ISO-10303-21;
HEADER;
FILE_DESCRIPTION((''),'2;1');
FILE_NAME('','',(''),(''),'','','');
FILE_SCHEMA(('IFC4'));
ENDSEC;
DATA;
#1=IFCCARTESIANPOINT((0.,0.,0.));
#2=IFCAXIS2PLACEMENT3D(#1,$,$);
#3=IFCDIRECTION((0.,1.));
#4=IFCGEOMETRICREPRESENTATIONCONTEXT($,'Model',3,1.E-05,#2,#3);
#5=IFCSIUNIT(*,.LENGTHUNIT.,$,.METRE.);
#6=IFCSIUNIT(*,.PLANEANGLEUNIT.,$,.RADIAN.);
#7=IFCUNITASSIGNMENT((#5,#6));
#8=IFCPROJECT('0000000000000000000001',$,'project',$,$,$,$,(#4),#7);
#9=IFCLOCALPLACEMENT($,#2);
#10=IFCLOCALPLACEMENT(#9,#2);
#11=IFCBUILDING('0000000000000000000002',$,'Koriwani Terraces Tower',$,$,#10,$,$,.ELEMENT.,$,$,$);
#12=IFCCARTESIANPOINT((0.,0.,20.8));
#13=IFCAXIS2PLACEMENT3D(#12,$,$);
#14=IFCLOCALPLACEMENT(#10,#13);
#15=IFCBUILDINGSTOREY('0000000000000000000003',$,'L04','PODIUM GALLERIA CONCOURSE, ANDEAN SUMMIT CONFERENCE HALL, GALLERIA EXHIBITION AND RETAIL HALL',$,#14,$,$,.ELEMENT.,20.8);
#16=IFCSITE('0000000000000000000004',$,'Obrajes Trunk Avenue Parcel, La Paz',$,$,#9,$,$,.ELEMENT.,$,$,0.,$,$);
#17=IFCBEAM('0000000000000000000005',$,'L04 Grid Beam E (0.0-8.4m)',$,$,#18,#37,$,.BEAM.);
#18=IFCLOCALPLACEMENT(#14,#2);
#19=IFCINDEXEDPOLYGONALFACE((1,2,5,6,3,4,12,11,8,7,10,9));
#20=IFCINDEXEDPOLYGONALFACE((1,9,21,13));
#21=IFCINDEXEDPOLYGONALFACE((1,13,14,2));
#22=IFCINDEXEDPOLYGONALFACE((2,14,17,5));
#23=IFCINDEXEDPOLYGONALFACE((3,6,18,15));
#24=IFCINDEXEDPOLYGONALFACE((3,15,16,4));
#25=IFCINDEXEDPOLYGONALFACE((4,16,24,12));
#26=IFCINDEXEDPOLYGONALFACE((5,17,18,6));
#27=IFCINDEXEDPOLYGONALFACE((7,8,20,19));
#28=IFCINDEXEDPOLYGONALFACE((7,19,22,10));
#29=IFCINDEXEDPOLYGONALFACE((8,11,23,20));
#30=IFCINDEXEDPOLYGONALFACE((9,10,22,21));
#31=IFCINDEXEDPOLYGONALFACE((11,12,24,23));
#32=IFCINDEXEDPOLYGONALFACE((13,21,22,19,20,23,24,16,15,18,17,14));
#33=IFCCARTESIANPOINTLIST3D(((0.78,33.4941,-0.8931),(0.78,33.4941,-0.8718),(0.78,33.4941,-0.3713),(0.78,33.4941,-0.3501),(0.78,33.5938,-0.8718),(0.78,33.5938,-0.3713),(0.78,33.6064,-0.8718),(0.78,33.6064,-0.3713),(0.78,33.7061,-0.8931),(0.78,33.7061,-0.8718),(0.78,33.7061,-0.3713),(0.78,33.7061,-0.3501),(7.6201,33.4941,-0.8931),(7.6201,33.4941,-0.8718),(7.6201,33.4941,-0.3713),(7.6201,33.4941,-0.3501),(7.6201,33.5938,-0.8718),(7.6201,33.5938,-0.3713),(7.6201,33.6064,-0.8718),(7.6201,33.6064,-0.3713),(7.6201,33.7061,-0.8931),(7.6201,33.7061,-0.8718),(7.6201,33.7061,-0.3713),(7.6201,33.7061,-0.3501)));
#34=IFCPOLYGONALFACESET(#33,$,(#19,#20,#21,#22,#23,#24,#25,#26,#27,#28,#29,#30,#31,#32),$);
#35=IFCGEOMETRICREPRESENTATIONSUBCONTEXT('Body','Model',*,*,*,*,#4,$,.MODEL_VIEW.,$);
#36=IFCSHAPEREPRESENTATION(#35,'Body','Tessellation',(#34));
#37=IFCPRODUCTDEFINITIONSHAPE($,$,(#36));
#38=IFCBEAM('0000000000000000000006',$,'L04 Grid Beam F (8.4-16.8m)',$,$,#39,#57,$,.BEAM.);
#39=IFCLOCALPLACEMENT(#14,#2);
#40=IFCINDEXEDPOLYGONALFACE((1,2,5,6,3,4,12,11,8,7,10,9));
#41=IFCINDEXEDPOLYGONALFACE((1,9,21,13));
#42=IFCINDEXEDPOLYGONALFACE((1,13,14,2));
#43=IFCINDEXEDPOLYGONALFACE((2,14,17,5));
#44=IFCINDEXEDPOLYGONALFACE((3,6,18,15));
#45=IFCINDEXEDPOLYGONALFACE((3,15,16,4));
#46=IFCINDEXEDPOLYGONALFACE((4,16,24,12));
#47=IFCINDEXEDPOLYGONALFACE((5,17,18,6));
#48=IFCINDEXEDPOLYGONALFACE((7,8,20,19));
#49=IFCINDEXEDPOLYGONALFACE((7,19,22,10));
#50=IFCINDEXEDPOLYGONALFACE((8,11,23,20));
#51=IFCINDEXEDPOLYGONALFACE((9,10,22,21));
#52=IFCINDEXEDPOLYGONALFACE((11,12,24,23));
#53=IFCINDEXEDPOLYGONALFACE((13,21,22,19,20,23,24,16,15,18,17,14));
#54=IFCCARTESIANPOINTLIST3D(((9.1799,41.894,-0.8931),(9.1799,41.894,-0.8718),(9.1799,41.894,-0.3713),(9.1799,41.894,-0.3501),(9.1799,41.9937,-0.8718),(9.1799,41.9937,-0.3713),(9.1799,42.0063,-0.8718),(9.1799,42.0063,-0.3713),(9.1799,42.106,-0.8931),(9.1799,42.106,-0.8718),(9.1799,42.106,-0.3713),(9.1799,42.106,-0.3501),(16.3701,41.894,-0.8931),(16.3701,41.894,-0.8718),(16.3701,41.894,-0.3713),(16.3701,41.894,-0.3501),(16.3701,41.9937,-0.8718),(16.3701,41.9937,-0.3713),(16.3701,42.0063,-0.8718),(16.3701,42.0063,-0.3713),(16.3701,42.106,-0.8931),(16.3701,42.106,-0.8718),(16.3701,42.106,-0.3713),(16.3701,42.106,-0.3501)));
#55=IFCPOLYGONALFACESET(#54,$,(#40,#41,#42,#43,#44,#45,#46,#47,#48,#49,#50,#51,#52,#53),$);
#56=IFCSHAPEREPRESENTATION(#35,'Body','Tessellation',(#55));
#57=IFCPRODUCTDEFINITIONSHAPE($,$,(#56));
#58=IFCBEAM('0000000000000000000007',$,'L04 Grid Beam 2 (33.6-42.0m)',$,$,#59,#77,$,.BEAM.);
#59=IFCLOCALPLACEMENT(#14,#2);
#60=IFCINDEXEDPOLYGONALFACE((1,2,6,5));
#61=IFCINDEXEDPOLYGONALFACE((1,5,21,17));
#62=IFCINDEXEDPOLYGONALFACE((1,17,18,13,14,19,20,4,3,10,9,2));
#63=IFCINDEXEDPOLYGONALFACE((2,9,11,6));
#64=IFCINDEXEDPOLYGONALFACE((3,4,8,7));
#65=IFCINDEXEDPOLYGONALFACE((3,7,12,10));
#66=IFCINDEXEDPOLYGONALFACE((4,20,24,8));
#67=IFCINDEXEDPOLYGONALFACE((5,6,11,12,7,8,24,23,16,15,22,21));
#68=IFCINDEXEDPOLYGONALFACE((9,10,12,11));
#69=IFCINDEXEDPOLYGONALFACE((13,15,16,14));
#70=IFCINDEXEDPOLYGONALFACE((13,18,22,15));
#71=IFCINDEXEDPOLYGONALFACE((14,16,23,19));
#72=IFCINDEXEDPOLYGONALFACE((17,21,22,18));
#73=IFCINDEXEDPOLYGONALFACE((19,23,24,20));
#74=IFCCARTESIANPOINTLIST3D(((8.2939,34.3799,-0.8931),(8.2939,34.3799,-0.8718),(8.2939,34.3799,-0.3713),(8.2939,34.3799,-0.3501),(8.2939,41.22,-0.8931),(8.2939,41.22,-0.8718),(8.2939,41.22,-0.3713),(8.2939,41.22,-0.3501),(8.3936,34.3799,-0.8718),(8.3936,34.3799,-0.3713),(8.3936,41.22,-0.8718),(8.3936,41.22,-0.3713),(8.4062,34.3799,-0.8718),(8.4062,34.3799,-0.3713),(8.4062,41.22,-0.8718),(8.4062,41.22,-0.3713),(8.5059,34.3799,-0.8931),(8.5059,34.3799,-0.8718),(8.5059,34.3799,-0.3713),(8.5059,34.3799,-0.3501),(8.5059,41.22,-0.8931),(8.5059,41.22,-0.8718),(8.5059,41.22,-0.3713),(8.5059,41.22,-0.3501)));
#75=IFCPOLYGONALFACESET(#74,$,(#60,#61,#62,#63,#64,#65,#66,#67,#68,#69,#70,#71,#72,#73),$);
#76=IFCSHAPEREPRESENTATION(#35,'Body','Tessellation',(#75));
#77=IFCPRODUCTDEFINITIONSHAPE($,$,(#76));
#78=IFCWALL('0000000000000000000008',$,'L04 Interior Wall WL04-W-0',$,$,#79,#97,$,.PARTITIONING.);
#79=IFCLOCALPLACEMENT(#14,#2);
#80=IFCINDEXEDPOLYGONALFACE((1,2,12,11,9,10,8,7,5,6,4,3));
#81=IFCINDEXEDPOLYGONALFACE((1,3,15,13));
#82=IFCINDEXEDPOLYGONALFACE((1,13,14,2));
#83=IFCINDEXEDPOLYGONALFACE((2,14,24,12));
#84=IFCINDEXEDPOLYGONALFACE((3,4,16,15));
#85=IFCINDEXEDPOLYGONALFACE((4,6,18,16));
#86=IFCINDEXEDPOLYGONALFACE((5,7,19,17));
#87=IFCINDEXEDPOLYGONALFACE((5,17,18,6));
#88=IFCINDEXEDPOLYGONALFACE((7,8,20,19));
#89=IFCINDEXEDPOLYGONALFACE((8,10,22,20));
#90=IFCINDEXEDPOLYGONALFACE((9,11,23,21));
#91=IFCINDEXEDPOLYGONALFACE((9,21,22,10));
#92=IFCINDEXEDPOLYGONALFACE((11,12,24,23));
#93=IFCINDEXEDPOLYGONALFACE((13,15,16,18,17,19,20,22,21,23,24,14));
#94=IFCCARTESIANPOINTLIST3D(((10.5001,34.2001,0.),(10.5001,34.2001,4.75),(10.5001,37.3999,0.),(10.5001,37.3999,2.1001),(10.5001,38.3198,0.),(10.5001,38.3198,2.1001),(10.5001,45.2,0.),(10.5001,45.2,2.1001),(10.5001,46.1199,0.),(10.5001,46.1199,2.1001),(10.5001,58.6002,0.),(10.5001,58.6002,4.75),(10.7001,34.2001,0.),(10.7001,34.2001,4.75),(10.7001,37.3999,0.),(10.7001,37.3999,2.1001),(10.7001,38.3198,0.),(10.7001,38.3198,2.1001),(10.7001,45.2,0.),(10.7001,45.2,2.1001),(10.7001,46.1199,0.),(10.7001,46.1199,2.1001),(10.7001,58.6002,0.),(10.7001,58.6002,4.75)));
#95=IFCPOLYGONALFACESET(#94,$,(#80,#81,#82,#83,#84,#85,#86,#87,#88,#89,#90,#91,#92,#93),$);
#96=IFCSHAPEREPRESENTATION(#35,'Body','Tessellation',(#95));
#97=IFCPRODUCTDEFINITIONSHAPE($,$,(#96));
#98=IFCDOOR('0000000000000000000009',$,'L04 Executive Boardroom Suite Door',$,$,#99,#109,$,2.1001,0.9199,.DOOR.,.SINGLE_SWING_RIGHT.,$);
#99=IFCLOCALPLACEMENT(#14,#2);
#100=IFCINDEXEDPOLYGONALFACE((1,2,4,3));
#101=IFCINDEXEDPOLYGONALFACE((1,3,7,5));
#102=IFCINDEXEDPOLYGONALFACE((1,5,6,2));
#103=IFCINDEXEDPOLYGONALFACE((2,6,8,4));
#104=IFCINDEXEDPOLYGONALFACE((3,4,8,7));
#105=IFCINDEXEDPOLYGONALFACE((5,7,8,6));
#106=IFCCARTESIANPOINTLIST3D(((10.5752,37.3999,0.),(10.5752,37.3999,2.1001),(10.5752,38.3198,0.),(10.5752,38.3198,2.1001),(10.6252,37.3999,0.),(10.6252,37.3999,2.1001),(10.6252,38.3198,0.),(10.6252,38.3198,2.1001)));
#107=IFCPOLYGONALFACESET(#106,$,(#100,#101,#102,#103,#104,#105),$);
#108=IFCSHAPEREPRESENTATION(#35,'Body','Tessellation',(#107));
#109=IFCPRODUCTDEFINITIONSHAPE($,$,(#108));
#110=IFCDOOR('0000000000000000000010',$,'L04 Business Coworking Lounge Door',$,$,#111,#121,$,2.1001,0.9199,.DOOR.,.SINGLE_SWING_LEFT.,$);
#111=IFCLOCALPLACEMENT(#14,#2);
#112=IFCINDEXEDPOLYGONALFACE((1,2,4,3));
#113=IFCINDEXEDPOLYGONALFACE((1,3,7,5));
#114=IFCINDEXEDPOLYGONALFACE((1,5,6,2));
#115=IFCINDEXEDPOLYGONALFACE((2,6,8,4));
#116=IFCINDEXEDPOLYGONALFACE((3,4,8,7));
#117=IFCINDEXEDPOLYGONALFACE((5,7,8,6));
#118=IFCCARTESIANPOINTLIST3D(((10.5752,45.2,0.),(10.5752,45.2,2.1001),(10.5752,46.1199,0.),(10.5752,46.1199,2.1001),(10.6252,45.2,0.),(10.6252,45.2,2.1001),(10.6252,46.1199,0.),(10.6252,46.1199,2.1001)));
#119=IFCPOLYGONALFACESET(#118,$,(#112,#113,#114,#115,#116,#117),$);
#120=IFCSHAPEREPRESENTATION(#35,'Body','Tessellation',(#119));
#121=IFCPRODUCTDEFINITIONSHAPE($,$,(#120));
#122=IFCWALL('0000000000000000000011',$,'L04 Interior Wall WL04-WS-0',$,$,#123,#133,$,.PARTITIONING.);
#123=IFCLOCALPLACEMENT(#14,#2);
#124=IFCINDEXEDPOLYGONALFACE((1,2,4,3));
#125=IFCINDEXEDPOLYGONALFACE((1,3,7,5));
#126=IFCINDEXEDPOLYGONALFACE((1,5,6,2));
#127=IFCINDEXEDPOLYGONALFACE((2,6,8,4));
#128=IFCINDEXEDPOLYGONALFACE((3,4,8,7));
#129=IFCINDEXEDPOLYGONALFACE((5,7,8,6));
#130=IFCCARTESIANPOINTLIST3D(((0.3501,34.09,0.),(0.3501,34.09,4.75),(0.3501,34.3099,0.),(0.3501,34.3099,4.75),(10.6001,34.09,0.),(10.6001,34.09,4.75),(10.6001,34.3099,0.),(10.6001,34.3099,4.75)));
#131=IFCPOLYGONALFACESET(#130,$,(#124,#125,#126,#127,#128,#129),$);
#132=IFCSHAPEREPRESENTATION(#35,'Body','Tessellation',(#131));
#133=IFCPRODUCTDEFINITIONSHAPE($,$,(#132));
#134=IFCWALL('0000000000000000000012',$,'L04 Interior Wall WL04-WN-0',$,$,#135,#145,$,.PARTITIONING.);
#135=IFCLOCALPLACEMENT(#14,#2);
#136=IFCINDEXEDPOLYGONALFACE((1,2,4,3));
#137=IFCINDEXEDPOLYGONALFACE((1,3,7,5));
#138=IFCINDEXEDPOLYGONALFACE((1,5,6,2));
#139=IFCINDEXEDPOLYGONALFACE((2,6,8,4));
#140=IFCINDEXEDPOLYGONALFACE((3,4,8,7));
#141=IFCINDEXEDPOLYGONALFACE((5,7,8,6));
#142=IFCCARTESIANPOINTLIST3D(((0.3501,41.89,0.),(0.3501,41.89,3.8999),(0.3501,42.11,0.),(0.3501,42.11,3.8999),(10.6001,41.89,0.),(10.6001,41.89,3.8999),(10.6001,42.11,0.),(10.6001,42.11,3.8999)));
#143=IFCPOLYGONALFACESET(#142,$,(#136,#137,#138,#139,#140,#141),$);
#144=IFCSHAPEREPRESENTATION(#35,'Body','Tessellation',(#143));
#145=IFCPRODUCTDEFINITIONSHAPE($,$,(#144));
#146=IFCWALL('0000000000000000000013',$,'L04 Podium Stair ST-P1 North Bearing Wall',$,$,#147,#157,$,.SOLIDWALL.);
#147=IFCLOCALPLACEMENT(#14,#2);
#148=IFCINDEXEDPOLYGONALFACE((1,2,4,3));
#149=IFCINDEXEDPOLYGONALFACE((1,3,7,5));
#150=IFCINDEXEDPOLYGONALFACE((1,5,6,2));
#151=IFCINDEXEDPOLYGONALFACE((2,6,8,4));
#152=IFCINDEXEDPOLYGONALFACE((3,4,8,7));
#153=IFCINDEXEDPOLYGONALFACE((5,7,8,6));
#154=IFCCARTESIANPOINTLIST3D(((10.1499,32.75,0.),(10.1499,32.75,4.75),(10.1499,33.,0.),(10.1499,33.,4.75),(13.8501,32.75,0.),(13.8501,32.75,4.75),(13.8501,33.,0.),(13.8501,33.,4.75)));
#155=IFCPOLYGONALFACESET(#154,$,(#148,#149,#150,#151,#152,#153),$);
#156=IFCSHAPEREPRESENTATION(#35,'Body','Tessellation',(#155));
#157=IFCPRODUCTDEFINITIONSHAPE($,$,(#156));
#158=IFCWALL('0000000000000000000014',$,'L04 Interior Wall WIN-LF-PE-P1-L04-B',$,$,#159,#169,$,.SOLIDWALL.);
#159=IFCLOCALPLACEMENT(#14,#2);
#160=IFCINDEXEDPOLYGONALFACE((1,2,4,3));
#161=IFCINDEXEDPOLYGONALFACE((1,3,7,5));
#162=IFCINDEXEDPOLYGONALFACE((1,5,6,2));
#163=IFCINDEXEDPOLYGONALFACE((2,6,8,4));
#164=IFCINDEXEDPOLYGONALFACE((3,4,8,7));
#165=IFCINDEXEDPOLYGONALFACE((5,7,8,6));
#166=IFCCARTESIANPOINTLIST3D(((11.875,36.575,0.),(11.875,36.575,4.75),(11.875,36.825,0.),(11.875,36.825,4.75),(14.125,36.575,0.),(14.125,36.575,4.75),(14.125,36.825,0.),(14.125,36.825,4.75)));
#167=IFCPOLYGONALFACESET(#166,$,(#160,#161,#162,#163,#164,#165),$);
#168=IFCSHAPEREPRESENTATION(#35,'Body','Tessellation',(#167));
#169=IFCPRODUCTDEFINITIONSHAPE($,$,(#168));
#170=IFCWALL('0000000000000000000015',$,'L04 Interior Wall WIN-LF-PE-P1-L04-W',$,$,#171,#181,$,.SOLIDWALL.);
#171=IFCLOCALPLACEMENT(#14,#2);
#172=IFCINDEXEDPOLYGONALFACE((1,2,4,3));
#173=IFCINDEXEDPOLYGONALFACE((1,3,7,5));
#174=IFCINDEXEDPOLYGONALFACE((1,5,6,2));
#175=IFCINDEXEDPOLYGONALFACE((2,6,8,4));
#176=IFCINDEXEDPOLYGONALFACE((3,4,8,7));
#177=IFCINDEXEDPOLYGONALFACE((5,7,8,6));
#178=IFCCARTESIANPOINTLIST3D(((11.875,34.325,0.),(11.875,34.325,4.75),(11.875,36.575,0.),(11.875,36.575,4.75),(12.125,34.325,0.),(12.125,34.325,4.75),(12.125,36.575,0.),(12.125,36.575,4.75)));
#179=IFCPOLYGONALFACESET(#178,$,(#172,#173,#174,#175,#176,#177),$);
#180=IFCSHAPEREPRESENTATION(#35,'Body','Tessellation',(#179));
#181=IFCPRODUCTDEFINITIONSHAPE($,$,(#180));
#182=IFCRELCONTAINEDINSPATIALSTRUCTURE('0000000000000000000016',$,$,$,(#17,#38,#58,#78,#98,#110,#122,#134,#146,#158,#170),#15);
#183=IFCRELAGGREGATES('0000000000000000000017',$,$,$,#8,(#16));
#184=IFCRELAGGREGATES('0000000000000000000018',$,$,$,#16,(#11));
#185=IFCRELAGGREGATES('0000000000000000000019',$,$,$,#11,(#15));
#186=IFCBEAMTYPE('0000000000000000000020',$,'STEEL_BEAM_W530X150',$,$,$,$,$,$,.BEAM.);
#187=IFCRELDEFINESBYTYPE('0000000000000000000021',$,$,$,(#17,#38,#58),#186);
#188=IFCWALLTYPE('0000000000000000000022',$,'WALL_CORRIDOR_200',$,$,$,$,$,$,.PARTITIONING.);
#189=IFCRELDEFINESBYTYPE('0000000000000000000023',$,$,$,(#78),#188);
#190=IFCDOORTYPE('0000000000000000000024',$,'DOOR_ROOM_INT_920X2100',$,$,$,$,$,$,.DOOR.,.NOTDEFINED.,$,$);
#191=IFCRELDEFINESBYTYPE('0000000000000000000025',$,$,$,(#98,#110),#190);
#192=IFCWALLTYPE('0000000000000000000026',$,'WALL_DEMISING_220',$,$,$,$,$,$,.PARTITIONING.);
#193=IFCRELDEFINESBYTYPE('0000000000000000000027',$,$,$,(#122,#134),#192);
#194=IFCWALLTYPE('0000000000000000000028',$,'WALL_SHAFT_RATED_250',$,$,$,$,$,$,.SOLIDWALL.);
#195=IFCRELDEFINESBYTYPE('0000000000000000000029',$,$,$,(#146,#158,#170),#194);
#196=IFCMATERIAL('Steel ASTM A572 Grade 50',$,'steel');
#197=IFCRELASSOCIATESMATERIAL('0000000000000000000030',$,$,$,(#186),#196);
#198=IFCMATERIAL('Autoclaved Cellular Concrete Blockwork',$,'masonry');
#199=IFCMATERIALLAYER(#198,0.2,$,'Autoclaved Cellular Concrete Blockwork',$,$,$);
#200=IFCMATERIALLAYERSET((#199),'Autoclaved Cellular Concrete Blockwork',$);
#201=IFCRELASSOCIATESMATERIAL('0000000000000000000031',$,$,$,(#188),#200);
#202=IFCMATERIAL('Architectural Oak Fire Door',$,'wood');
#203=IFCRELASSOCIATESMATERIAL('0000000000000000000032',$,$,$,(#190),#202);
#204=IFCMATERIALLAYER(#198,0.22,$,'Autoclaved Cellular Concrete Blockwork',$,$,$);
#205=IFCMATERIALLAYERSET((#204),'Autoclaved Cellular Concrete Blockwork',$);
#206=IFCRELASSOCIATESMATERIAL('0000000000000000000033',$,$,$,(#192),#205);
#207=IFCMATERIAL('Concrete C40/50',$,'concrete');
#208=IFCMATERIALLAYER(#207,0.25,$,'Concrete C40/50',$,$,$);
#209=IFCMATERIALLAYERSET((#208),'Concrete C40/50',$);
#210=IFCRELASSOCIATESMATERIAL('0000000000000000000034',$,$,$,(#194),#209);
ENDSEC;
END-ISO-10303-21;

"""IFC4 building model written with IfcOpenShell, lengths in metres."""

from ifc_helpers import new_model, si_unit, direction, frame, frame_2d, origin, origin_2d, place, context, subcontext, project, spatial, rectangle, i_section, extrude, material, layer, layer_set, material_profile, profile_set, type_object, element, fill, save


model = new_model("IFC4")

# Units and contexts
model_context = context("Model", 3, precision=1e-05, world=origin(), true_north=direction((0.0, 1.0)))
body_context = subcontext(model_context, "Body", "Model", "MODEL_VIEW")
ifc_project = project(units=[si_unit("LENGTHUNIT", "METRE"), si_unit("PLANEANGLEUNIT", "RADIAN")], contexts=[model_context])

# Site, building, storey
site_placement = place(None, origin())
site = spatial("IfcSite", under=ifc_project, at=site_placement, Name="Obrajes Trunk Avenue Parcel, La Paz", CompositionType="ELEMENT", RefElevation=0.0)
building_placement = place(site_placement, origin())
building = spatial("IfcBuilding", under=site, at=building_placement, Name="Koriwani Terraces Tower", CompositionType="ELEMENT")
storey_placement = place(building_placement, frame((0.0, 0.0, 20.8)))
storey = spatial("IfcBuildingStorey", under=building, at=storey_placement, Name="L04", Description="PODIUM GALLERIA CONCOURSE, ANDEAN SUMMIT CONFERENCE HALL, GALLERIA EXHIBITION AND RETAIL HALL", CompositionType="ELEMENT", Elevation=20.8)

# Beams
ifc_material_1 = material(Name="Concrete C40/50", Category="concrete")
ifc_material_2 = material(Name="Steel ASTM A572 Grade 50", Category="steel")
ifc_material_profile_1 = material_profile(ifc_material_2, i_section(OverallWidth=0.2119, OverallDepth=0.543, WebThickness=0.0127, FlangeThickness=0.0212, at=origin_2d()), Name="Steel ASTM A572 Grade 50", Category="LoadBearing")
ifc_profile_set_1 = profile_set([ifc_material_profile_1], Name="Steel ASTM A572 Grade 50")
beam_type_1 = type_object("IfcBeamType", Name="STEEL_BEAM_W530X150", PredefinedType="BEAM", material=ifc_profile_set_1)
beam_1_placement = place(storey_placement, frame((0.78, 33.6001, -0.6216), z_axis=(1.0, 0.0, 0.0), x_axis=(0.0, 1.0, 0.0)))
element("IfcBeam", 1, at=beam_1_placement, inside=storey, type_object=beam_type_1, Name="L04 Grid Beam E (0.0-8.4m)", PredefinedType="BEAM", context=body_context, shape_type="SweptSolid", body=[
    extrude(i_section(OverallWidth=0.2119, OverallDepth=0.543, WebThickness=0.0127, FlangeThickness=0.0212, at=origin_2d()), origin(), (0.0, 0.0, 1.0), 6.8401),
])
beam_2_placement = place(storey_placement, frame((9.1799, 42.0, -0.6216), z_axis=(1.0, 0.0, 0.0), x_axis=(0.0, 1.0, 0.0)))
element("IfcBeam", 2, at=beam_2_placement, inside=storey, type_object=beam_type_1, Name="L04 Grid Beam F (8.4-16.8m)", PredefinedType="BEAM", context=body_context, shape_type="SweptSolid", body=[
    extrude(i_section(OverallWidth=0.2119, OverallDepth=0.543, WebThickness=0.0127, FlangeThickness=0.0212, at=origin_2d()), origin(), (0.0, 0.0, 1.0), 7.1902),
])
beam_3_placement = place(storey_placement, frame((8.3999, 34.3799, -0.6216), z_axis=(0.0, 1.0, 0.0), x_axis=(-1.0, 0.0, 0.0)))
element("IfcBeam", 3, at=beam_3_placement, inside=storey, type_object=beam_type_1, Name="L04 Grid Beam 2 (33.6-42.0m)", PredefinedType="BEAM", context=body_context, shape_type="SweptSolid", body=[
    extrude(i_section(OverallWidth=0.2119, OverallDepth=0.543, WebThickness=0.0127, FlangeThickness=0.0212, at=origin_2d()), origin(), (0.0, 0.0, 1.0), 6.8401),
])

# Wall, openings, doors
ifc_material_3 = material(Name="Autoclaved Cellular Concrete Blockwork", Category="masonry")
ifc_layer_1 = layer(ifc_material_3, 0.2, Name="Autoclaved Cellular Concrete Blockwork")
ifc_layer_set_1 = layer_set([ifc_layer_1], Name="Autoclaved Cellular Concrete Blockwork")
wall_type_1 = type_object("IfcWallType", Name="WALL_CORRIDOR_200", PredefinedType="PARTITIONING", material=ifc_layer_set_1)
wall_1_placement = place(storey_placement, frame((10.6001, 34.2, 0.0), z_axis=(0.0, 0.0, 1.0), x_axis=(0.0, 1.0, 0.0)))
wall_1 = element("IfcWall", 4, at=wall_1_placement, inside=storey, type_object=wall_type_1, Name="L04 Interior Wall WL04-W-0", PredefinedType="PARTITIONING", context=body_context, shape_type="SweptSolid", body=[
    extrude(rectangle(XDim=24.4001, YDim=0.2, at=frame_2d((12.2002, 0.0))), origin(), (0.0, 0.0, 1.0), 4.75),
])
opening_1_placement = place(wall_1_placement, frame((3.2, 0.0, 0.0)))
opening_1 = element("IfcOpeningElement", 5, at=opening_1_placement, cuts=wall_1, PredefinedType="OPENING", context=body_context, shape_type="SweptSolid", body=[
    extrude(rectangle(XDim=0.9199, YDim=2.1001, at=frame_2d((0.46, 1.05))), frame((0.0, 0.1099, 0.0), z_axis=(0.0, -1.0, 0.0), x_axis=(1.0, 0.0, 0.0)), (0.0, 0.0, 1.0), 0.22),
])
opening_2_placement = place(wall_1_placement, frame((11.0, 0.0, 0.0)))
opening_2 = element("IfcOpeningElement", 6, at=opening_2_placement, cuts=wall_1, PredefinedType="OPENING", context=body_context, shape_type="SweptSolid", body=[
    extrude(rectangle(XDim=0.9199, YDim=2.1001, at=frame_2d((0.46, 1.05))), frame((0.0, 0.1099, 0.0), z_axis=(0.0, -1.0, 0.0), x_axis=(1.0, 0.0, 0.0)), (0.0, 0.0, 1.0), 0.22),
])
ifc_material_4 = material(Name="Architectural Oak Fire Door", Category="wood")
door_type_1 = type_object("IfcDoorType", Name="DOOR_ROOM_INT_920X2100", OperationType="NOTDEFINED", PredefinedType="DOOR", material=ifc_material_4)
door_1_placement = place(opening_1_placement, origin())
door_1 = element("IfcDoor", 7, at=door_1_placement, inside=storey, type_object=door_type_1, Name="L04 Executive Boardroom Suite Door", OperationType="SINGLE_SWING_RIGHT", OverallHeight=2.1001, OverallWidth=0.9199, PredefinedType="DOOR", context=body_context, shape_type="SweptSolid", body=[
    extrude(rectangle(XDim=0.9199, YDim=2.1001, at=frame_2d((0.46, 1.05))), frame((0.0, 0.0249, 0.0), z_axis=(0.0, -1.0, 0.0), x_axis=(1.0, 0.0, 0.0)), (0.0, 0.0, 1.0), 0.05),
])
fill(opening_1, door_1)
door_2_placement = place(opening_2_placement, origin())
door_2 = element("IfcDoor", 8, at=door_2_placement, inside=storey, type_object=door_type_1, Name="L04 Business Coworking Lounge Door", OperationType="SINGLE_SWING_LEFT", OverallHeight=2.1001, OverallWidth=0.9199, PredefinedType="DOOR", context=body_context, shape_type="SweptSolid", body=[
    extrude(rectangle(XDim=0.9199, YDim=2.1001, at=frame_2d((0.46, 1.05))), frame((0.0, 0.0249, 0.0), z_axis=(0.0, -1.0, 0.0), x_axis=(1.0, 0.0, 0.0)), (0.0, 0.0, 1.0), 0.05),
])
fill(opening_2, door_2)

# Walls
ifc_layer_2 = layer(ifc_material_3, 0.22, Name="Autoclaved Cellular Concrete Blockwork")
ifc_layer_set_2 = layer_set([ifc_layer_2], Name="Autoclaved Cellular Concrete Blockwork")
wall_type_2 = type_object("IfcWallType", Name="WALL_DEMISING_220", PredefinedType="PARTITIONING", material=ifc_layer_set_2)
wall_2_placement = place(storey_placement, frame((0.3501, 34.2, 0.0), z_axis=(0.0, 0.0, 1.0), x_axis=(1.0, 0.0, 0.0)))
element("IfcWall", 9, at=wall_2_placement, inside=storey, type_object=wall_type_2, Name="L04 Interior Wall WL04-WS-0", PredefinedType="PARTITIONING", context=body_context, shape_type="SweptSolid", body=[
    extrude(rectangle(XDim=10.25, YDim=0.22, at=frame_2d((5.125, 0.0))), origin(), (0.0, 0.0, 1.0), 4.75),
])
wall_3_placement = place(storey_placement, frame((0.3501, 42.0, 0.0), z_axis=(0.0, 0.0, 1.0), x_axis=(1.0, 0.0, 0.0)))
element("IfcWall", 10, at=wall_3_placement, inside=storey, type_object=wall_type_2, Name="L04 Interior Wall WL04-WN-0", PredefinedType="PARTITIONING", context=body_context, shape_type="SweptSolid", body=[
    extrude(rectangle(XDim=10.25, YDim=0.22, at=frame_2d((5.125, 0.0))), origin(), (0.0, 0.0, 1.0), 3.8999),
])
ifc_layer_3 = layer(ifc_material_1, 0.25, Name="Concrete C40/50")
ifc_layer_set_3 = layer_set([ifc_layer_3], Name="Concrete C40/50")
wall_type_3 = type_object("IfcWallType", Name="WALL_SHAFT_RATED_250", PredefinedType="SOLIDWALL", material=ifc_layer_set_3)
wall_4_placement = place(storey_placement, frame((10.1499, 32.875, 0.0), z_axis=(0.0, 0.0, 1.0), x_axis=(1.0, 0.0, 0.0)))
element("IfcWall", 11, at=wall_4_placement, inside=storey, type_object=wall_type_3, Name="L04 Podium Stair ST-P1 North Bearing Wall", PredefinedType="SOLIDWALL", context=body_context, shape_type="SweptSolid", body=[
    extrude(rectangle(XDim=3.7002, YDim=0.25, at=frame_2d((1.8501, 0.0))), origin(), (0.0, 0.0, 1.0), 4.75),
])

# Walls
for number, where, z_axis, x_axis, name in (
    (12, (11.875, 36.7, 0.0), (0.0, 0.0, 1.0), (1.0, 0.0, 0.0), "L04 Interior Wall WIN-LF-PE-P1-L04-B"),
    (13, (12.0, 34.325, 0.0), (0.0, 0.0, 1.0), (0.0, 1.0, 0.0), "L04 Interior Wall WIN-LF-PE-P1-L04-W"),
):
    element("IfcWall", number, at=place(storey_placement, frame(where, z_axis=z_axis, x_axis=x_axis)), inside=storey, type_object=wall_type_3, Name=name, PredefinedType="SOLIDWALL", context=body_context, shape_type="SweptSolid", body=[
        extrude(rectangle(XDim=2.25, YDim=0.25, at=frame_2d((1.125, 0.0))), origin(), (0.0, 0.0, 1.0), 4.75),
    ])

save(model, "model.ifc")
